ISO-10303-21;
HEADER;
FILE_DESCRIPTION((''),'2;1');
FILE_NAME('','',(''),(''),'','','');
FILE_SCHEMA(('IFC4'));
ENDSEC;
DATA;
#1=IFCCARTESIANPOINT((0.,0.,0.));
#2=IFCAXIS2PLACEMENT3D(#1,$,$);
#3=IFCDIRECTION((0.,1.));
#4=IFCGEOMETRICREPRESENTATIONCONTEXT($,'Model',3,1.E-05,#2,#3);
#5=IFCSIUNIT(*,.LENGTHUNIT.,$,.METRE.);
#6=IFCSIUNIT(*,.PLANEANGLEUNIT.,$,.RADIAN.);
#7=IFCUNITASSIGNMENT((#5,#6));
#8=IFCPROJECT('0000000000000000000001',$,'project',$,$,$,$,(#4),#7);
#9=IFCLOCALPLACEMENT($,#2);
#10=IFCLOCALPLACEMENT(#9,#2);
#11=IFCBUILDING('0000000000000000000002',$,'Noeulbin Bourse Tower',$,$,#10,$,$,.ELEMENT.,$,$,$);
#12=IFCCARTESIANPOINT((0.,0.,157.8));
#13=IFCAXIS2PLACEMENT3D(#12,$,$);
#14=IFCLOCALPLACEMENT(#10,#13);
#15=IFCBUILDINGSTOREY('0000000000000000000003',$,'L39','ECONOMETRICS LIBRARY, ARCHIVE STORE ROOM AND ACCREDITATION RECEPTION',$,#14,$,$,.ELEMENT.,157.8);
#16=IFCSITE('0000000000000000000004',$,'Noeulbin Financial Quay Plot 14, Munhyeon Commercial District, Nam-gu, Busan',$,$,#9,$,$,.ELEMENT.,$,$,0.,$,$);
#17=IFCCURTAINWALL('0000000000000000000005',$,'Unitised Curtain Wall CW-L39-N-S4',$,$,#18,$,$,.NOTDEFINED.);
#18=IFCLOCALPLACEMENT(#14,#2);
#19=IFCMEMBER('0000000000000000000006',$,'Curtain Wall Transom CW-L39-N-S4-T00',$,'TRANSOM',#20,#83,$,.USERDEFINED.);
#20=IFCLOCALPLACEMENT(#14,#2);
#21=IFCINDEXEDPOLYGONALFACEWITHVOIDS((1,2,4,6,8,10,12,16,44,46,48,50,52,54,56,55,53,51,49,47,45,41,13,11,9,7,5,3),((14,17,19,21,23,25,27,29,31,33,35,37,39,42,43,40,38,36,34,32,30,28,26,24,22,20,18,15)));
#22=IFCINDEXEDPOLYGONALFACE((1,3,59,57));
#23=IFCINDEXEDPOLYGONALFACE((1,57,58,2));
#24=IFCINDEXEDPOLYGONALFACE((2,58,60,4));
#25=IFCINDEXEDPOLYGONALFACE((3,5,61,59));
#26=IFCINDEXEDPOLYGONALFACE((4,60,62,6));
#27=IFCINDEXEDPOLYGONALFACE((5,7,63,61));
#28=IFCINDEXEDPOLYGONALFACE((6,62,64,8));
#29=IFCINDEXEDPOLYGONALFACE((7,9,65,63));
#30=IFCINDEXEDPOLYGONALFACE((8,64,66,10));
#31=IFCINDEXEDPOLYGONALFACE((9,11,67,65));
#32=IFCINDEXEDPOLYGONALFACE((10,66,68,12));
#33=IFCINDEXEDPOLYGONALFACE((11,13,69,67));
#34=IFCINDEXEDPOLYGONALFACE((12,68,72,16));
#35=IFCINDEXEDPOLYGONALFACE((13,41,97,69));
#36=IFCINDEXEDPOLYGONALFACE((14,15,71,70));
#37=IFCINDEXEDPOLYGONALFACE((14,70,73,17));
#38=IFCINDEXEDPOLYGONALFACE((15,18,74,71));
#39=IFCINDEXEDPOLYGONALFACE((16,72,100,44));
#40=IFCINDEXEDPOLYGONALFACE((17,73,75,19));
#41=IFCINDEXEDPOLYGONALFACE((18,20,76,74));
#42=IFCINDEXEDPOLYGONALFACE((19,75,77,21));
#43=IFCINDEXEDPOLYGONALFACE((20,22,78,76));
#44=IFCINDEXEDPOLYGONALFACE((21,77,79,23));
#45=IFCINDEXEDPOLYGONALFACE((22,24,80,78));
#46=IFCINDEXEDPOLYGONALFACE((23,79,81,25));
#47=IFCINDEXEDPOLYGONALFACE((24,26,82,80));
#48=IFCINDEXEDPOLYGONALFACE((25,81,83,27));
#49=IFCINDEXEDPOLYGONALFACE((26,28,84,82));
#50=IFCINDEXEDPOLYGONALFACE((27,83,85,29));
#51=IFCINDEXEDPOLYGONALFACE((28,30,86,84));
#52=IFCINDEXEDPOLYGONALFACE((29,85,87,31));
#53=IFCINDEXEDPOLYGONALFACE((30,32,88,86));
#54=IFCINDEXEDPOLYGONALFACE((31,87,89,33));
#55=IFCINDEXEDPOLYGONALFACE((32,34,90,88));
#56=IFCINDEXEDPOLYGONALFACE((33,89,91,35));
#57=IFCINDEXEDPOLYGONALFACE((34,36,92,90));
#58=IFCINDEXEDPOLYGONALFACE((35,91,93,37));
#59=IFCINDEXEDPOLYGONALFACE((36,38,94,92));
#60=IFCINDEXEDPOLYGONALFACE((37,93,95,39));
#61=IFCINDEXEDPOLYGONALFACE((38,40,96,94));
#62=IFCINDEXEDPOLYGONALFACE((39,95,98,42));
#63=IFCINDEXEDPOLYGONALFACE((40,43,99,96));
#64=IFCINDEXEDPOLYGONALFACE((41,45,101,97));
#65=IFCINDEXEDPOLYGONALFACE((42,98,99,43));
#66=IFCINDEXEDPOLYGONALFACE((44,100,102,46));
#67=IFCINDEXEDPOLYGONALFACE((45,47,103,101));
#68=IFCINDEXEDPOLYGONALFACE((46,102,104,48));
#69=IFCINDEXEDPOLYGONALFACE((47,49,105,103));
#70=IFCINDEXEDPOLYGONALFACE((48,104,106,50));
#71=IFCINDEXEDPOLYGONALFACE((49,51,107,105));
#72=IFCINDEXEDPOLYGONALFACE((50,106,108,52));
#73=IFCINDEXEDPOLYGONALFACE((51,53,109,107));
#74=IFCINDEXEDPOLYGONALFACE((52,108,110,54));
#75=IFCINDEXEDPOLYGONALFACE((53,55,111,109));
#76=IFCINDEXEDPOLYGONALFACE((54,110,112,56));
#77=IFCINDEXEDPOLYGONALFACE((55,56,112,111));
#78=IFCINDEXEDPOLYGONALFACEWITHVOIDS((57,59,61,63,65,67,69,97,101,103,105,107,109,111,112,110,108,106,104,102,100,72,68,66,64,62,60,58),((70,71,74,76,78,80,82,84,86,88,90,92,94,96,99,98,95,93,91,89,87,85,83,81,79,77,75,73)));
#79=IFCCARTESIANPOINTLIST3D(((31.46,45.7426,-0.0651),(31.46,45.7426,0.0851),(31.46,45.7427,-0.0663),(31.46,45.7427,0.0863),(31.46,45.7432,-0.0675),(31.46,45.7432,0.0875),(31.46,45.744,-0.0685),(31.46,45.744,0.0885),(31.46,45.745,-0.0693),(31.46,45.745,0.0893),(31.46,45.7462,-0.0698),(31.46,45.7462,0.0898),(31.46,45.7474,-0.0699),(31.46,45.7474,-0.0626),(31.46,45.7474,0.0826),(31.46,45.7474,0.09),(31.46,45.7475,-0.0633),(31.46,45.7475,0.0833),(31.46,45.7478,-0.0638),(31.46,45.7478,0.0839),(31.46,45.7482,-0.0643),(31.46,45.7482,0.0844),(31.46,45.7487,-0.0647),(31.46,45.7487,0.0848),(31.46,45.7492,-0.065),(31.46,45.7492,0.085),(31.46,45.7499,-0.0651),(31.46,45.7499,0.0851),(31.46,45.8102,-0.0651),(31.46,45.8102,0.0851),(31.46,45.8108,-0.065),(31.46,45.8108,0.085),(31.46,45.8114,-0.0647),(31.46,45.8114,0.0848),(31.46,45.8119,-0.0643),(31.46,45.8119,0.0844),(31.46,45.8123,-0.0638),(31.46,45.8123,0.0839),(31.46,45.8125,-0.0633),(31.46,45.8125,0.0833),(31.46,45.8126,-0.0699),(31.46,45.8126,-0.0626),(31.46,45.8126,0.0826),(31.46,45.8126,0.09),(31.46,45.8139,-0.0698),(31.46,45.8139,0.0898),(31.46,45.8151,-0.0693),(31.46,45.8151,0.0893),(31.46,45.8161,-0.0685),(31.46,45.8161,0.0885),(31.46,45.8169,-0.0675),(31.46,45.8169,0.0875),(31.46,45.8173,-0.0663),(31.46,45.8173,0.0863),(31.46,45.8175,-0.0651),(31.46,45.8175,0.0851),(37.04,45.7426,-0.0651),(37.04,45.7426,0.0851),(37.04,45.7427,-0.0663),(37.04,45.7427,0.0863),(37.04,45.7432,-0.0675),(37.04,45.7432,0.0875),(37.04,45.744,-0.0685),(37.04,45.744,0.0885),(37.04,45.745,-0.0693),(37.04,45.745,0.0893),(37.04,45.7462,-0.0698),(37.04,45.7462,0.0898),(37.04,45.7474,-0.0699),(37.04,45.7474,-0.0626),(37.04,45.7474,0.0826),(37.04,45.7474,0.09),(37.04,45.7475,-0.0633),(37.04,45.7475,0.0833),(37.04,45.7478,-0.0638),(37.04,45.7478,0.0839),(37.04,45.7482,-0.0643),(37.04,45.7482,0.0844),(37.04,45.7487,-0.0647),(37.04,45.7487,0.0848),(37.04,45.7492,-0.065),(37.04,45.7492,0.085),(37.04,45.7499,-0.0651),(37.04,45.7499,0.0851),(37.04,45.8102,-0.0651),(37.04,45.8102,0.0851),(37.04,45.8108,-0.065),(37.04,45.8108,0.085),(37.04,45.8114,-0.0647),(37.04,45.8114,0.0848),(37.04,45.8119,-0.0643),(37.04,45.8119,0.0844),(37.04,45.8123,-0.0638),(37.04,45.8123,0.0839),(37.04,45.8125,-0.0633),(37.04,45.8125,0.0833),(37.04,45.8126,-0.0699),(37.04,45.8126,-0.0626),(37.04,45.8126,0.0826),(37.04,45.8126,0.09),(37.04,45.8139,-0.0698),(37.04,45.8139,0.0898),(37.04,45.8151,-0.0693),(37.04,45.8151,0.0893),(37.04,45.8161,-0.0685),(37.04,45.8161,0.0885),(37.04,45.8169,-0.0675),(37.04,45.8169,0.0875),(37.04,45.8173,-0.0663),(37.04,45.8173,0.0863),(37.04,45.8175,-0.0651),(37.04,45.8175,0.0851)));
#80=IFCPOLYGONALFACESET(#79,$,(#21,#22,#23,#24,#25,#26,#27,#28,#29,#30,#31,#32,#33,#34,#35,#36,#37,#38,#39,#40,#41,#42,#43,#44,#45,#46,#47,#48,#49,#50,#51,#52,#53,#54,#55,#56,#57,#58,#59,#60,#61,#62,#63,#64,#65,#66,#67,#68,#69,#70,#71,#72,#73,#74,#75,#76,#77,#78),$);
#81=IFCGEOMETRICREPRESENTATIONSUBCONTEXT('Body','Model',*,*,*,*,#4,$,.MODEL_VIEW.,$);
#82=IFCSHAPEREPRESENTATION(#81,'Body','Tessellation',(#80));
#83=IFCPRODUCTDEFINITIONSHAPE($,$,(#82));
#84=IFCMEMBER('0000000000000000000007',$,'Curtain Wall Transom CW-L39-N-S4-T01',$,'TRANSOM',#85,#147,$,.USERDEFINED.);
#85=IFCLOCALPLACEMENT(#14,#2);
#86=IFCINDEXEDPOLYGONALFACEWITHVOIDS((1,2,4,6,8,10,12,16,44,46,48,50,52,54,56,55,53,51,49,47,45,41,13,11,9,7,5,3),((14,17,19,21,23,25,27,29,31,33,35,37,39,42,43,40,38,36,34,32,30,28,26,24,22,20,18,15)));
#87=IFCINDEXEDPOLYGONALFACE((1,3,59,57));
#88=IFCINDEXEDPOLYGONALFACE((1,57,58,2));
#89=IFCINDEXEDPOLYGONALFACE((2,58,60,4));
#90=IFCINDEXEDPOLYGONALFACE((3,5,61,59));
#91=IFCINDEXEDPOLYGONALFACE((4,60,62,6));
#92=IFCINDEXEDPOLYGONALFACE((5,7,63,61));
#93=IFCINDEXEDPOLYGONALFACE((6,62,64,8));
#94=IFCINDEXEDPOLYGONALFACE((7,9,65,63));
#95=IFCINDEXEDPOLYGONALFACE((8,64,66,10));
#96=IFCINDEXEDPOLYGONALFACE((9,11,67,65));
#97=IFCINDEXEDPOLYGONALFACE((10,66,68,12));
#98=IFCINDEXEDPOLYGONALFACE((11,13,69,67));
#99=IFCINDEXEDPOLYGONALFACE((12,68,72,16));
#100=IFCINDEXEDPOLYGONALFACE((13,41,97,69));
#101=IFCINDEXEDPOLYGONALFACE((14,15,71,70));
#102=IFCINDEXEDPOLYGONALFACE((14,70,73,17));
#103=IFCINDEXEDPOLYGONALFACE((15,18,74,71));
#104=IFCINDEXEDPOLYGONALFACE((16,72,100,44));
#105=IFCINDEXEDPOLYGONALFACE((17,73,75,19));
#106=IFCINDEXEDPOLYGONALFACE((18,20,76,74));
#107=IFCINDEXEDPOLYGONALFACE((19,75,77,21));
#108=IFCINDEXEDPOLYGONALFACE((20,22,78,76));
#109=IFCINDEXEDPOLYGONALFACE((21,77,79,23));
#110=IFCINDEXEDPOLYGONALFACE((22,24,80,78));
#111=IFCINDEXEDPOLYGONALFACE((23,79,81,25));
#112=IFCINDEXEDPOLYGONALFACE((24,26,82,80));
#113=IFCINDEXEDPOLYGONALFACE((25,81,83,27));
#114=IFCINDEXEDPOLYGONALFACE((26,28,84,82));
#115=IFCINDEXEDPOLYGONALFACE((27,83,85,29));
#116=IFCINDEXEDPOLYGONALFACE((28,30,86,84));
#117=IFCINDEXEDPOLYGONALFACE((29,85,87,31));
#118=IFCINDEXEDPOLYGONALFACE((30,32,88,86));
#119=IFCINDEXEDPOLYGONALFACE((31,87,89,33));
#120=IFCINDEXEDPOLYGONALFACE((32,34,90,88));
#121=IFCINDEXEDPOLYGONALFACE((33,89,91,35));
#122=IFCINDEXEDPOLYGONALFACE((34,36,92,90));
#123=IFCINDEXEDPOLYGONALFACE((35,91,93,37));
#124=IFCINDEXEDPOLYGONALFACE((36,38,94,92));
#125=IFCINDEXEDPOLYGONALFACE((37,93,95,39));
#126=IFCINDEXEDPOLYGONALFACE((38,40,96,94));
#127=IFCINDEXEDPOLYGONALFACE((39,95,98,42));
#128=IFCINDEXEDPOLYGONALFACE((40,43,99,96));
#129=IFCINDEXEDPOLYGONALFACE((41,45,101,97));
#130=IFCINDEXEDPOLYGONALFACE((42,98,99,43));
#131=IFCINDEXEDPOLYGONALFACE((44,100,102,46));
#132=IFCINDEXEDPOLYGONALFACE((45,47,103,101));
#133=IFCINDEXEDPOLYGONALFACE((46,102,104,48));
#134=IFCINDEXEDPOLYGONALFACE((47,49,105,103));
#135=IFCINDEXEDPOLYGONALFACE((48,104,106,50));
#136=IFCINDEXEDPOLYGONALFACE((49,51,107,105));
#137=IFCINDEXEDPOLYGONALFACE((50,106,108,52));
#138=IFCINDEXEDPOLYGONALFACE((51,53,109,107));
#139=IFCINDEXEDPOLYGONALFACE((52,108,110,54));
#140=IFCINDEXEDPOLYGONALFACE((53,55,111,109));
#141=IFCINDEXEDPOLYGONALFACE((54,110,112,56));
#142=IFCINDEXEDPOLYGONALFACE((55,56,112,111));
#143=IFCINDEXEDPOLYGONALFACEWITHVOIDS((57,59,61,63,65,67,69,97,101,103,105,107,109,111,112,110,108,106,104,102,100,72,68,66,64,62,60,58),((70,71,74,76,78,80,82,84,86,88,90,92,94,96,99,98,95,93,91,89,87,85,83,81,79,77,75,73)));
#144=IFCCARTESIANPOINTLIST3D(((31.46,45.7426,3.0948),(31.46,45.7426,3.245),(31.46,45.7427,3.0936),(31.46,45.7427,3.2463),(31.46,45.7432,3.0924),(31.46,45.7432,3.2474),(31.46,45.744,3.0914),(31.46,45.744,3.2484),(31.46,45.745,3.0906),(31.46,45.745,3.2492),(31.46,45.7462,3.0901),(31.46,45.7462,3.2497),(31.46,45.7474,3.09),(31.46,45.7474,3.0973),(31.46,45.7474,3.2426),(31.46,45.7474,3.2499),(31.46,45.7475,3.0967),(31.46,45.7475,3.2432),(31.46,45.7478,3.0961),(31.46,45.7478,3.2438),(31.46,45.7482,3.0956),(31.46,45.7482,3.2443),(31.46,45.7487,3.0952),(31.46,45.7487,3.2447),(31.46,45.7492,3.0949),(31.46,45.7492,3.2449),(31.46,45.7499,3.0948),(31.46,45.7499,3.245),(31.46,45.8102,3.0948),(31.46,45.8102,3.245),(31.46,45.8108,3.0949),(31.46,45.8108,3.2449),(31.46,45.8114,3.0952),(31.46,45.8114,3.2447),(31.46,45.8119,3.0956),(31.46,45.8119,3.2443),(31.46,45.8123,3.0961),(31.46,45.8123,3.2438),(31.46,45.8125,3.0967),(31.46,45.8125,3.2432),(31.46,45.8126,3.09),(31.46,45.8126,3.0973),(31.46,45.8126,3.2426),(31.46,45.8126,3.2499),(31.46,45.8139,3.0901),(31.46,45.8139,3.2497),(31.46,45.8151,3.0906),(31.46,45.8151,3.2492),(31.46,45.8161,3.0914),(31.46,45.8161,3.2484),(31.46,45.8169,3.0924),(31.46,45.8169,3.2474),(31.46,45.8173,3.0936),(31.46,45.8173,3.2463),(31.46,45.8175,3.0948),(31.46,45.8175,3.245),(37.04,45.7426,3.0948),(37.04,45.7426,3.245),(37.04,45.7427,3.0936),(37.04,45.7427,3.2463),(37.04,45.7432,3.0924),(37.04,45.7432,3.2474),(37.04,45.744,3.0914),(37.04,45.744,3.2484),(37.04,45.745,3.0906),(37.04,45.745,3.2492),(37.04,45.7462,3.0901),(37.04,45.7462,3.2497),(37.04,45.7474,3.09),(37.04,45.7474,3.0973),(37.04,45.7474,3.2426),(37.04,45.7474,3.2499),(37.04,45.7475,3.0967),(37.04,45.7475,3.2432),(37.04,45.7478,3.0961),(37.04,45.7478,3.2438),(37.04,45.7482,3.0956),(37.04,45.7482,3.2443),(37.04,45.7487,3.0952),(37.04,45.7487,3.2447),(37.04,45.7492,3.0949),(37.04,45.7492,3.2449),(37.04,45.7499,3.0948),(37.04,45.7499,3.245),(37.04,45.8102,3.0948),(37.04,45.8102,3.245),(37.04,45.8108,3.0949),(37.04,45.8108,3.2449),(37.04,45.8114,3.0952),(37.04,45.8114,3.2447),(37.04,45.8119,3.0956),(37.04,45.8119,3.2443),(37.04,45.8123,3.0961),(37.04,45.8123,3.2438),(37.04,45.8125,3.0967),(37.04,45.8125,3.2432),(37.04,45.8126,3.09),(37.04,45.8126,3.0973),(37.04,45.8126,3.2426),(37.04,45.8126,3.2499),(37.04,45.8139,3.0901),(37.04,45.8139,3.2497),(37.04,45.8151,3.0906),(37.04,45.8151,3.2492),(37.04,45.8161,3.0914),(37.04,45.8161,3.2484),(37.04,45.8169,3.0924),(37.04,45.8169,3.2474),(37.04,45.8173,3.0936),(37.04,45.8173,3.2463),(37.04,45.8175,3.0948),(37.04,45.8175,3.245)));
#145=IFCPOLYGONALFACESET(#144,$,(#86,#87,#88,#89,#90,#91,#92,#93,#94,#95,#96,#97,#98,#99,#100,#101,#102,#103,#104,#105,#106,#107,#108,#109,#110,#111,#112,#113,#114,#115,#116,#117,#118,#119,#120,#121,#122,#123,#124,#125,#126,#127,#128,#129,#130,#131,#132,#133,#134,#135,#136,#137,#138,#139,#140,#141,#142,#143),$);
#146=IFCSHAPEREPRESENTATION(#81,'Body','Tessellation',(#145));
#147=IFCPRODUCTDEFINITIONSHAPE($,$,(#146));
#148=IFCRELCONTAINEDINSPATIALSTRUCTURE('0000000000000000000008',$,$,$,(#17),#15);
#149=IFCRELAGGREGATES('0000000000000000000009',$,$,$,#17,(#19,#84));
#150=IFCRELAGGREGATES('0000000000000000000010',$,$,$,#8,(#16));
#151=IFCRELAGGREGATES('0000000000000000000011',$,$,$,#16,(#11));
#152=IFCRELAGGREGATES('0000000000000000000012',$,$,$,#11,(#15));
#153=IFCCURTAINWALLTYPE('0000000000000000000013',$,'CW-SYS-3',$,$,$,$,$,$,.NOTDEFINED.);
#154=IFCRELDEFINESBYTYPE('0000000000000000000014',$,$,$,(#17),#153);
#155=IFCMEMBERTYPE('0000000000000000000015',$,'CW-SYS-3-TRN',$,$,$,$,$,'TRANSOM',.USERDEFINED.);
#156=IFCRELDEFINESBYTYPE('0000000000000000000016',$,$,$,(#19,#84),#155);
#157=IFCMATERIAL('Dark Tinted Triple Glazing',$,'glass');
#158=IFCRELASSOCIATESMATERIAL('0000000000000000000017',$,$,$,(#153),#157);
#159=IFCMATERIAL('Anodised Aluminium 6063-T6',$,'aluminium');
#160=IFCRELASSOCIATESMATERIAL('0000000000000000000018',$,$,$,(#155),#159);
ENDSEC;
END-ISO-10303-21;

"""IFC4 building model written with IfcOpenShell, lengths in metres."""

from ifc_helpers import new_model, si_unit, direction, frame, origin, origin_2d, place, context, subcontext, project, spatial, hollow_rectangle, extrude, material, material_profile, profile_set, type_object, element, aggregate, save


model = new_model("IFC4")

# Units and contexts
model_context = context("Model", 3, precision=1e-05, world=origin(), true_north=direction((0.0, 1.0)))
body_context = subcontext(model_context, "Body", "Model", "MODEL_VIEW")
ifc_project = project(units=[si_unit("LENGTHUNIT", "METRE"), si_unit("PLANEANGLEUNIT", "RADIAN")], contexts=[model_context])

# Site, building, storey
site_placement = place(None, origin())
site = spatial("IfcSite", under=ifc_project, at=site_placement, Name="Noeulbin Financial Quay Plot 14, Munhyeon Commercial District, Nam-gu, Busan", CompositionType="ELEMENT", RefElevation=0.0)
building_placement = place(site_placement, origin())
building = spatial("IfcBuilding", under=site, at=building_placement, Name="Noeulbin Bourse Tower", CompositionType="ELEMENT")
storey_placement = place(building_placement, frame((0.0, 0.0, 157.8)))
storey = spatial("IfcBuildingStorey", under=building, at=storey_placement, Name="L39", Description="ECONOMETRICS LIBRARY, ARCHIVE STORE ROOM AND ACCREDITATION RECEPTION", CompositionType="ELEMENT", Elevation=157.8)

# Shared definitions
ifc_material_1 = material(Name="Dark Tinted Triple Glazing", Category="glass")
curtain_wall_type = type_object("IfcCurtainWallType", Name="CW-SYS-3", PredefinedType="NOTDEFINED", material=ifc_material_1)
ifc_material_2 = material(Name="Anodised Aluminium 6063-T6", Category="aluminium")

# Curtain wall
curtain_wall_1_placement = place(storey_placement, origin())
curtain_wall_1 = element("IfcCurtainWall", 1, at=curtain_wall_1_placement, inside=storey, type_object=curtain_wall_type, Name="Unitised Curtain Wall CW-L39-N-S4", PredefinedType="NOTDEFINED")

# Members
ifc_material_profile_1 = material_profile(ifc_material_2, hollow_rectangle(XDim=0.075, YDim=0.1599, WallThickness=0.0049, InnerFilletRadius=0.0024, OuterFilletRadius=0.0049, at=origin_2d()), Name="ALU-TRAN-75x160x5", Category="LoadBearing")
ifc_profile_set_1 = profile_set([ifc_material_profile_1], Name="Anodised Aluminium 6063-T6")
member_type_1 = type_object("IfcMemberType", Name="CW-SYS-3-TRN", ElementType="TRANSOM", PredefinedType="USERDEFINED", material=ifc_profile_set_1)
member_1_placement = place(storey_placement, frame((31.46, 45.78, 0.01), z_axis=(1.0, 0.0, 0.0), x_axis=(0.0, 1.0, 0.0)))
member_1 = element("IfcMember", 2, at=member_1_placement, type_object=member_type_1, Name="Curtain Wall Transom CW-L39-N-S4-T00", ObjectType="TRANSOM", PredefinedType="USERDEFINED", context=body_context, shape_type="SweptSolid", body=[
    extrude(hollow_rectangle(XDim=0.075, YDim=0.1599, WallThickness=0.0049, InnerFilletRadius=0.0024, OuterFilletRadius=0.0049, at=origin_2d()), origin(), (0.0, 0.0, 1.0), 5.5801),
])
member_2_placement = place(storey_placement, frame((31.46, 45.78, 3.1699), z_axis=(1.0, 0.0, 0.0), x_axis=(0.0, 1.0, 0.0)))
member_2 = element("IfcMember", 3, at=member_2_placement, type_object=member_type_1, Name="Curtain Wall Transom CW-L39-N-S4-T01", ObjectType="TRANSOM", PredefinedType="USERDEFINED", context=body_context, shape_type="SweptSolid", body=[
    extrude(hollow_rectangle(XDim=0.075, YDim=0.1599, WallThickness=0.0049, InnerFilletRadius=0.0024, OuterFilletRadius=0.0049, at=origin_2d()), origin(), (0.0, 0.0, 1.0), 5.5801),
])

aggregate(curtain_wall_1, [member_1, member_2])

save(model, "model.ifc")
